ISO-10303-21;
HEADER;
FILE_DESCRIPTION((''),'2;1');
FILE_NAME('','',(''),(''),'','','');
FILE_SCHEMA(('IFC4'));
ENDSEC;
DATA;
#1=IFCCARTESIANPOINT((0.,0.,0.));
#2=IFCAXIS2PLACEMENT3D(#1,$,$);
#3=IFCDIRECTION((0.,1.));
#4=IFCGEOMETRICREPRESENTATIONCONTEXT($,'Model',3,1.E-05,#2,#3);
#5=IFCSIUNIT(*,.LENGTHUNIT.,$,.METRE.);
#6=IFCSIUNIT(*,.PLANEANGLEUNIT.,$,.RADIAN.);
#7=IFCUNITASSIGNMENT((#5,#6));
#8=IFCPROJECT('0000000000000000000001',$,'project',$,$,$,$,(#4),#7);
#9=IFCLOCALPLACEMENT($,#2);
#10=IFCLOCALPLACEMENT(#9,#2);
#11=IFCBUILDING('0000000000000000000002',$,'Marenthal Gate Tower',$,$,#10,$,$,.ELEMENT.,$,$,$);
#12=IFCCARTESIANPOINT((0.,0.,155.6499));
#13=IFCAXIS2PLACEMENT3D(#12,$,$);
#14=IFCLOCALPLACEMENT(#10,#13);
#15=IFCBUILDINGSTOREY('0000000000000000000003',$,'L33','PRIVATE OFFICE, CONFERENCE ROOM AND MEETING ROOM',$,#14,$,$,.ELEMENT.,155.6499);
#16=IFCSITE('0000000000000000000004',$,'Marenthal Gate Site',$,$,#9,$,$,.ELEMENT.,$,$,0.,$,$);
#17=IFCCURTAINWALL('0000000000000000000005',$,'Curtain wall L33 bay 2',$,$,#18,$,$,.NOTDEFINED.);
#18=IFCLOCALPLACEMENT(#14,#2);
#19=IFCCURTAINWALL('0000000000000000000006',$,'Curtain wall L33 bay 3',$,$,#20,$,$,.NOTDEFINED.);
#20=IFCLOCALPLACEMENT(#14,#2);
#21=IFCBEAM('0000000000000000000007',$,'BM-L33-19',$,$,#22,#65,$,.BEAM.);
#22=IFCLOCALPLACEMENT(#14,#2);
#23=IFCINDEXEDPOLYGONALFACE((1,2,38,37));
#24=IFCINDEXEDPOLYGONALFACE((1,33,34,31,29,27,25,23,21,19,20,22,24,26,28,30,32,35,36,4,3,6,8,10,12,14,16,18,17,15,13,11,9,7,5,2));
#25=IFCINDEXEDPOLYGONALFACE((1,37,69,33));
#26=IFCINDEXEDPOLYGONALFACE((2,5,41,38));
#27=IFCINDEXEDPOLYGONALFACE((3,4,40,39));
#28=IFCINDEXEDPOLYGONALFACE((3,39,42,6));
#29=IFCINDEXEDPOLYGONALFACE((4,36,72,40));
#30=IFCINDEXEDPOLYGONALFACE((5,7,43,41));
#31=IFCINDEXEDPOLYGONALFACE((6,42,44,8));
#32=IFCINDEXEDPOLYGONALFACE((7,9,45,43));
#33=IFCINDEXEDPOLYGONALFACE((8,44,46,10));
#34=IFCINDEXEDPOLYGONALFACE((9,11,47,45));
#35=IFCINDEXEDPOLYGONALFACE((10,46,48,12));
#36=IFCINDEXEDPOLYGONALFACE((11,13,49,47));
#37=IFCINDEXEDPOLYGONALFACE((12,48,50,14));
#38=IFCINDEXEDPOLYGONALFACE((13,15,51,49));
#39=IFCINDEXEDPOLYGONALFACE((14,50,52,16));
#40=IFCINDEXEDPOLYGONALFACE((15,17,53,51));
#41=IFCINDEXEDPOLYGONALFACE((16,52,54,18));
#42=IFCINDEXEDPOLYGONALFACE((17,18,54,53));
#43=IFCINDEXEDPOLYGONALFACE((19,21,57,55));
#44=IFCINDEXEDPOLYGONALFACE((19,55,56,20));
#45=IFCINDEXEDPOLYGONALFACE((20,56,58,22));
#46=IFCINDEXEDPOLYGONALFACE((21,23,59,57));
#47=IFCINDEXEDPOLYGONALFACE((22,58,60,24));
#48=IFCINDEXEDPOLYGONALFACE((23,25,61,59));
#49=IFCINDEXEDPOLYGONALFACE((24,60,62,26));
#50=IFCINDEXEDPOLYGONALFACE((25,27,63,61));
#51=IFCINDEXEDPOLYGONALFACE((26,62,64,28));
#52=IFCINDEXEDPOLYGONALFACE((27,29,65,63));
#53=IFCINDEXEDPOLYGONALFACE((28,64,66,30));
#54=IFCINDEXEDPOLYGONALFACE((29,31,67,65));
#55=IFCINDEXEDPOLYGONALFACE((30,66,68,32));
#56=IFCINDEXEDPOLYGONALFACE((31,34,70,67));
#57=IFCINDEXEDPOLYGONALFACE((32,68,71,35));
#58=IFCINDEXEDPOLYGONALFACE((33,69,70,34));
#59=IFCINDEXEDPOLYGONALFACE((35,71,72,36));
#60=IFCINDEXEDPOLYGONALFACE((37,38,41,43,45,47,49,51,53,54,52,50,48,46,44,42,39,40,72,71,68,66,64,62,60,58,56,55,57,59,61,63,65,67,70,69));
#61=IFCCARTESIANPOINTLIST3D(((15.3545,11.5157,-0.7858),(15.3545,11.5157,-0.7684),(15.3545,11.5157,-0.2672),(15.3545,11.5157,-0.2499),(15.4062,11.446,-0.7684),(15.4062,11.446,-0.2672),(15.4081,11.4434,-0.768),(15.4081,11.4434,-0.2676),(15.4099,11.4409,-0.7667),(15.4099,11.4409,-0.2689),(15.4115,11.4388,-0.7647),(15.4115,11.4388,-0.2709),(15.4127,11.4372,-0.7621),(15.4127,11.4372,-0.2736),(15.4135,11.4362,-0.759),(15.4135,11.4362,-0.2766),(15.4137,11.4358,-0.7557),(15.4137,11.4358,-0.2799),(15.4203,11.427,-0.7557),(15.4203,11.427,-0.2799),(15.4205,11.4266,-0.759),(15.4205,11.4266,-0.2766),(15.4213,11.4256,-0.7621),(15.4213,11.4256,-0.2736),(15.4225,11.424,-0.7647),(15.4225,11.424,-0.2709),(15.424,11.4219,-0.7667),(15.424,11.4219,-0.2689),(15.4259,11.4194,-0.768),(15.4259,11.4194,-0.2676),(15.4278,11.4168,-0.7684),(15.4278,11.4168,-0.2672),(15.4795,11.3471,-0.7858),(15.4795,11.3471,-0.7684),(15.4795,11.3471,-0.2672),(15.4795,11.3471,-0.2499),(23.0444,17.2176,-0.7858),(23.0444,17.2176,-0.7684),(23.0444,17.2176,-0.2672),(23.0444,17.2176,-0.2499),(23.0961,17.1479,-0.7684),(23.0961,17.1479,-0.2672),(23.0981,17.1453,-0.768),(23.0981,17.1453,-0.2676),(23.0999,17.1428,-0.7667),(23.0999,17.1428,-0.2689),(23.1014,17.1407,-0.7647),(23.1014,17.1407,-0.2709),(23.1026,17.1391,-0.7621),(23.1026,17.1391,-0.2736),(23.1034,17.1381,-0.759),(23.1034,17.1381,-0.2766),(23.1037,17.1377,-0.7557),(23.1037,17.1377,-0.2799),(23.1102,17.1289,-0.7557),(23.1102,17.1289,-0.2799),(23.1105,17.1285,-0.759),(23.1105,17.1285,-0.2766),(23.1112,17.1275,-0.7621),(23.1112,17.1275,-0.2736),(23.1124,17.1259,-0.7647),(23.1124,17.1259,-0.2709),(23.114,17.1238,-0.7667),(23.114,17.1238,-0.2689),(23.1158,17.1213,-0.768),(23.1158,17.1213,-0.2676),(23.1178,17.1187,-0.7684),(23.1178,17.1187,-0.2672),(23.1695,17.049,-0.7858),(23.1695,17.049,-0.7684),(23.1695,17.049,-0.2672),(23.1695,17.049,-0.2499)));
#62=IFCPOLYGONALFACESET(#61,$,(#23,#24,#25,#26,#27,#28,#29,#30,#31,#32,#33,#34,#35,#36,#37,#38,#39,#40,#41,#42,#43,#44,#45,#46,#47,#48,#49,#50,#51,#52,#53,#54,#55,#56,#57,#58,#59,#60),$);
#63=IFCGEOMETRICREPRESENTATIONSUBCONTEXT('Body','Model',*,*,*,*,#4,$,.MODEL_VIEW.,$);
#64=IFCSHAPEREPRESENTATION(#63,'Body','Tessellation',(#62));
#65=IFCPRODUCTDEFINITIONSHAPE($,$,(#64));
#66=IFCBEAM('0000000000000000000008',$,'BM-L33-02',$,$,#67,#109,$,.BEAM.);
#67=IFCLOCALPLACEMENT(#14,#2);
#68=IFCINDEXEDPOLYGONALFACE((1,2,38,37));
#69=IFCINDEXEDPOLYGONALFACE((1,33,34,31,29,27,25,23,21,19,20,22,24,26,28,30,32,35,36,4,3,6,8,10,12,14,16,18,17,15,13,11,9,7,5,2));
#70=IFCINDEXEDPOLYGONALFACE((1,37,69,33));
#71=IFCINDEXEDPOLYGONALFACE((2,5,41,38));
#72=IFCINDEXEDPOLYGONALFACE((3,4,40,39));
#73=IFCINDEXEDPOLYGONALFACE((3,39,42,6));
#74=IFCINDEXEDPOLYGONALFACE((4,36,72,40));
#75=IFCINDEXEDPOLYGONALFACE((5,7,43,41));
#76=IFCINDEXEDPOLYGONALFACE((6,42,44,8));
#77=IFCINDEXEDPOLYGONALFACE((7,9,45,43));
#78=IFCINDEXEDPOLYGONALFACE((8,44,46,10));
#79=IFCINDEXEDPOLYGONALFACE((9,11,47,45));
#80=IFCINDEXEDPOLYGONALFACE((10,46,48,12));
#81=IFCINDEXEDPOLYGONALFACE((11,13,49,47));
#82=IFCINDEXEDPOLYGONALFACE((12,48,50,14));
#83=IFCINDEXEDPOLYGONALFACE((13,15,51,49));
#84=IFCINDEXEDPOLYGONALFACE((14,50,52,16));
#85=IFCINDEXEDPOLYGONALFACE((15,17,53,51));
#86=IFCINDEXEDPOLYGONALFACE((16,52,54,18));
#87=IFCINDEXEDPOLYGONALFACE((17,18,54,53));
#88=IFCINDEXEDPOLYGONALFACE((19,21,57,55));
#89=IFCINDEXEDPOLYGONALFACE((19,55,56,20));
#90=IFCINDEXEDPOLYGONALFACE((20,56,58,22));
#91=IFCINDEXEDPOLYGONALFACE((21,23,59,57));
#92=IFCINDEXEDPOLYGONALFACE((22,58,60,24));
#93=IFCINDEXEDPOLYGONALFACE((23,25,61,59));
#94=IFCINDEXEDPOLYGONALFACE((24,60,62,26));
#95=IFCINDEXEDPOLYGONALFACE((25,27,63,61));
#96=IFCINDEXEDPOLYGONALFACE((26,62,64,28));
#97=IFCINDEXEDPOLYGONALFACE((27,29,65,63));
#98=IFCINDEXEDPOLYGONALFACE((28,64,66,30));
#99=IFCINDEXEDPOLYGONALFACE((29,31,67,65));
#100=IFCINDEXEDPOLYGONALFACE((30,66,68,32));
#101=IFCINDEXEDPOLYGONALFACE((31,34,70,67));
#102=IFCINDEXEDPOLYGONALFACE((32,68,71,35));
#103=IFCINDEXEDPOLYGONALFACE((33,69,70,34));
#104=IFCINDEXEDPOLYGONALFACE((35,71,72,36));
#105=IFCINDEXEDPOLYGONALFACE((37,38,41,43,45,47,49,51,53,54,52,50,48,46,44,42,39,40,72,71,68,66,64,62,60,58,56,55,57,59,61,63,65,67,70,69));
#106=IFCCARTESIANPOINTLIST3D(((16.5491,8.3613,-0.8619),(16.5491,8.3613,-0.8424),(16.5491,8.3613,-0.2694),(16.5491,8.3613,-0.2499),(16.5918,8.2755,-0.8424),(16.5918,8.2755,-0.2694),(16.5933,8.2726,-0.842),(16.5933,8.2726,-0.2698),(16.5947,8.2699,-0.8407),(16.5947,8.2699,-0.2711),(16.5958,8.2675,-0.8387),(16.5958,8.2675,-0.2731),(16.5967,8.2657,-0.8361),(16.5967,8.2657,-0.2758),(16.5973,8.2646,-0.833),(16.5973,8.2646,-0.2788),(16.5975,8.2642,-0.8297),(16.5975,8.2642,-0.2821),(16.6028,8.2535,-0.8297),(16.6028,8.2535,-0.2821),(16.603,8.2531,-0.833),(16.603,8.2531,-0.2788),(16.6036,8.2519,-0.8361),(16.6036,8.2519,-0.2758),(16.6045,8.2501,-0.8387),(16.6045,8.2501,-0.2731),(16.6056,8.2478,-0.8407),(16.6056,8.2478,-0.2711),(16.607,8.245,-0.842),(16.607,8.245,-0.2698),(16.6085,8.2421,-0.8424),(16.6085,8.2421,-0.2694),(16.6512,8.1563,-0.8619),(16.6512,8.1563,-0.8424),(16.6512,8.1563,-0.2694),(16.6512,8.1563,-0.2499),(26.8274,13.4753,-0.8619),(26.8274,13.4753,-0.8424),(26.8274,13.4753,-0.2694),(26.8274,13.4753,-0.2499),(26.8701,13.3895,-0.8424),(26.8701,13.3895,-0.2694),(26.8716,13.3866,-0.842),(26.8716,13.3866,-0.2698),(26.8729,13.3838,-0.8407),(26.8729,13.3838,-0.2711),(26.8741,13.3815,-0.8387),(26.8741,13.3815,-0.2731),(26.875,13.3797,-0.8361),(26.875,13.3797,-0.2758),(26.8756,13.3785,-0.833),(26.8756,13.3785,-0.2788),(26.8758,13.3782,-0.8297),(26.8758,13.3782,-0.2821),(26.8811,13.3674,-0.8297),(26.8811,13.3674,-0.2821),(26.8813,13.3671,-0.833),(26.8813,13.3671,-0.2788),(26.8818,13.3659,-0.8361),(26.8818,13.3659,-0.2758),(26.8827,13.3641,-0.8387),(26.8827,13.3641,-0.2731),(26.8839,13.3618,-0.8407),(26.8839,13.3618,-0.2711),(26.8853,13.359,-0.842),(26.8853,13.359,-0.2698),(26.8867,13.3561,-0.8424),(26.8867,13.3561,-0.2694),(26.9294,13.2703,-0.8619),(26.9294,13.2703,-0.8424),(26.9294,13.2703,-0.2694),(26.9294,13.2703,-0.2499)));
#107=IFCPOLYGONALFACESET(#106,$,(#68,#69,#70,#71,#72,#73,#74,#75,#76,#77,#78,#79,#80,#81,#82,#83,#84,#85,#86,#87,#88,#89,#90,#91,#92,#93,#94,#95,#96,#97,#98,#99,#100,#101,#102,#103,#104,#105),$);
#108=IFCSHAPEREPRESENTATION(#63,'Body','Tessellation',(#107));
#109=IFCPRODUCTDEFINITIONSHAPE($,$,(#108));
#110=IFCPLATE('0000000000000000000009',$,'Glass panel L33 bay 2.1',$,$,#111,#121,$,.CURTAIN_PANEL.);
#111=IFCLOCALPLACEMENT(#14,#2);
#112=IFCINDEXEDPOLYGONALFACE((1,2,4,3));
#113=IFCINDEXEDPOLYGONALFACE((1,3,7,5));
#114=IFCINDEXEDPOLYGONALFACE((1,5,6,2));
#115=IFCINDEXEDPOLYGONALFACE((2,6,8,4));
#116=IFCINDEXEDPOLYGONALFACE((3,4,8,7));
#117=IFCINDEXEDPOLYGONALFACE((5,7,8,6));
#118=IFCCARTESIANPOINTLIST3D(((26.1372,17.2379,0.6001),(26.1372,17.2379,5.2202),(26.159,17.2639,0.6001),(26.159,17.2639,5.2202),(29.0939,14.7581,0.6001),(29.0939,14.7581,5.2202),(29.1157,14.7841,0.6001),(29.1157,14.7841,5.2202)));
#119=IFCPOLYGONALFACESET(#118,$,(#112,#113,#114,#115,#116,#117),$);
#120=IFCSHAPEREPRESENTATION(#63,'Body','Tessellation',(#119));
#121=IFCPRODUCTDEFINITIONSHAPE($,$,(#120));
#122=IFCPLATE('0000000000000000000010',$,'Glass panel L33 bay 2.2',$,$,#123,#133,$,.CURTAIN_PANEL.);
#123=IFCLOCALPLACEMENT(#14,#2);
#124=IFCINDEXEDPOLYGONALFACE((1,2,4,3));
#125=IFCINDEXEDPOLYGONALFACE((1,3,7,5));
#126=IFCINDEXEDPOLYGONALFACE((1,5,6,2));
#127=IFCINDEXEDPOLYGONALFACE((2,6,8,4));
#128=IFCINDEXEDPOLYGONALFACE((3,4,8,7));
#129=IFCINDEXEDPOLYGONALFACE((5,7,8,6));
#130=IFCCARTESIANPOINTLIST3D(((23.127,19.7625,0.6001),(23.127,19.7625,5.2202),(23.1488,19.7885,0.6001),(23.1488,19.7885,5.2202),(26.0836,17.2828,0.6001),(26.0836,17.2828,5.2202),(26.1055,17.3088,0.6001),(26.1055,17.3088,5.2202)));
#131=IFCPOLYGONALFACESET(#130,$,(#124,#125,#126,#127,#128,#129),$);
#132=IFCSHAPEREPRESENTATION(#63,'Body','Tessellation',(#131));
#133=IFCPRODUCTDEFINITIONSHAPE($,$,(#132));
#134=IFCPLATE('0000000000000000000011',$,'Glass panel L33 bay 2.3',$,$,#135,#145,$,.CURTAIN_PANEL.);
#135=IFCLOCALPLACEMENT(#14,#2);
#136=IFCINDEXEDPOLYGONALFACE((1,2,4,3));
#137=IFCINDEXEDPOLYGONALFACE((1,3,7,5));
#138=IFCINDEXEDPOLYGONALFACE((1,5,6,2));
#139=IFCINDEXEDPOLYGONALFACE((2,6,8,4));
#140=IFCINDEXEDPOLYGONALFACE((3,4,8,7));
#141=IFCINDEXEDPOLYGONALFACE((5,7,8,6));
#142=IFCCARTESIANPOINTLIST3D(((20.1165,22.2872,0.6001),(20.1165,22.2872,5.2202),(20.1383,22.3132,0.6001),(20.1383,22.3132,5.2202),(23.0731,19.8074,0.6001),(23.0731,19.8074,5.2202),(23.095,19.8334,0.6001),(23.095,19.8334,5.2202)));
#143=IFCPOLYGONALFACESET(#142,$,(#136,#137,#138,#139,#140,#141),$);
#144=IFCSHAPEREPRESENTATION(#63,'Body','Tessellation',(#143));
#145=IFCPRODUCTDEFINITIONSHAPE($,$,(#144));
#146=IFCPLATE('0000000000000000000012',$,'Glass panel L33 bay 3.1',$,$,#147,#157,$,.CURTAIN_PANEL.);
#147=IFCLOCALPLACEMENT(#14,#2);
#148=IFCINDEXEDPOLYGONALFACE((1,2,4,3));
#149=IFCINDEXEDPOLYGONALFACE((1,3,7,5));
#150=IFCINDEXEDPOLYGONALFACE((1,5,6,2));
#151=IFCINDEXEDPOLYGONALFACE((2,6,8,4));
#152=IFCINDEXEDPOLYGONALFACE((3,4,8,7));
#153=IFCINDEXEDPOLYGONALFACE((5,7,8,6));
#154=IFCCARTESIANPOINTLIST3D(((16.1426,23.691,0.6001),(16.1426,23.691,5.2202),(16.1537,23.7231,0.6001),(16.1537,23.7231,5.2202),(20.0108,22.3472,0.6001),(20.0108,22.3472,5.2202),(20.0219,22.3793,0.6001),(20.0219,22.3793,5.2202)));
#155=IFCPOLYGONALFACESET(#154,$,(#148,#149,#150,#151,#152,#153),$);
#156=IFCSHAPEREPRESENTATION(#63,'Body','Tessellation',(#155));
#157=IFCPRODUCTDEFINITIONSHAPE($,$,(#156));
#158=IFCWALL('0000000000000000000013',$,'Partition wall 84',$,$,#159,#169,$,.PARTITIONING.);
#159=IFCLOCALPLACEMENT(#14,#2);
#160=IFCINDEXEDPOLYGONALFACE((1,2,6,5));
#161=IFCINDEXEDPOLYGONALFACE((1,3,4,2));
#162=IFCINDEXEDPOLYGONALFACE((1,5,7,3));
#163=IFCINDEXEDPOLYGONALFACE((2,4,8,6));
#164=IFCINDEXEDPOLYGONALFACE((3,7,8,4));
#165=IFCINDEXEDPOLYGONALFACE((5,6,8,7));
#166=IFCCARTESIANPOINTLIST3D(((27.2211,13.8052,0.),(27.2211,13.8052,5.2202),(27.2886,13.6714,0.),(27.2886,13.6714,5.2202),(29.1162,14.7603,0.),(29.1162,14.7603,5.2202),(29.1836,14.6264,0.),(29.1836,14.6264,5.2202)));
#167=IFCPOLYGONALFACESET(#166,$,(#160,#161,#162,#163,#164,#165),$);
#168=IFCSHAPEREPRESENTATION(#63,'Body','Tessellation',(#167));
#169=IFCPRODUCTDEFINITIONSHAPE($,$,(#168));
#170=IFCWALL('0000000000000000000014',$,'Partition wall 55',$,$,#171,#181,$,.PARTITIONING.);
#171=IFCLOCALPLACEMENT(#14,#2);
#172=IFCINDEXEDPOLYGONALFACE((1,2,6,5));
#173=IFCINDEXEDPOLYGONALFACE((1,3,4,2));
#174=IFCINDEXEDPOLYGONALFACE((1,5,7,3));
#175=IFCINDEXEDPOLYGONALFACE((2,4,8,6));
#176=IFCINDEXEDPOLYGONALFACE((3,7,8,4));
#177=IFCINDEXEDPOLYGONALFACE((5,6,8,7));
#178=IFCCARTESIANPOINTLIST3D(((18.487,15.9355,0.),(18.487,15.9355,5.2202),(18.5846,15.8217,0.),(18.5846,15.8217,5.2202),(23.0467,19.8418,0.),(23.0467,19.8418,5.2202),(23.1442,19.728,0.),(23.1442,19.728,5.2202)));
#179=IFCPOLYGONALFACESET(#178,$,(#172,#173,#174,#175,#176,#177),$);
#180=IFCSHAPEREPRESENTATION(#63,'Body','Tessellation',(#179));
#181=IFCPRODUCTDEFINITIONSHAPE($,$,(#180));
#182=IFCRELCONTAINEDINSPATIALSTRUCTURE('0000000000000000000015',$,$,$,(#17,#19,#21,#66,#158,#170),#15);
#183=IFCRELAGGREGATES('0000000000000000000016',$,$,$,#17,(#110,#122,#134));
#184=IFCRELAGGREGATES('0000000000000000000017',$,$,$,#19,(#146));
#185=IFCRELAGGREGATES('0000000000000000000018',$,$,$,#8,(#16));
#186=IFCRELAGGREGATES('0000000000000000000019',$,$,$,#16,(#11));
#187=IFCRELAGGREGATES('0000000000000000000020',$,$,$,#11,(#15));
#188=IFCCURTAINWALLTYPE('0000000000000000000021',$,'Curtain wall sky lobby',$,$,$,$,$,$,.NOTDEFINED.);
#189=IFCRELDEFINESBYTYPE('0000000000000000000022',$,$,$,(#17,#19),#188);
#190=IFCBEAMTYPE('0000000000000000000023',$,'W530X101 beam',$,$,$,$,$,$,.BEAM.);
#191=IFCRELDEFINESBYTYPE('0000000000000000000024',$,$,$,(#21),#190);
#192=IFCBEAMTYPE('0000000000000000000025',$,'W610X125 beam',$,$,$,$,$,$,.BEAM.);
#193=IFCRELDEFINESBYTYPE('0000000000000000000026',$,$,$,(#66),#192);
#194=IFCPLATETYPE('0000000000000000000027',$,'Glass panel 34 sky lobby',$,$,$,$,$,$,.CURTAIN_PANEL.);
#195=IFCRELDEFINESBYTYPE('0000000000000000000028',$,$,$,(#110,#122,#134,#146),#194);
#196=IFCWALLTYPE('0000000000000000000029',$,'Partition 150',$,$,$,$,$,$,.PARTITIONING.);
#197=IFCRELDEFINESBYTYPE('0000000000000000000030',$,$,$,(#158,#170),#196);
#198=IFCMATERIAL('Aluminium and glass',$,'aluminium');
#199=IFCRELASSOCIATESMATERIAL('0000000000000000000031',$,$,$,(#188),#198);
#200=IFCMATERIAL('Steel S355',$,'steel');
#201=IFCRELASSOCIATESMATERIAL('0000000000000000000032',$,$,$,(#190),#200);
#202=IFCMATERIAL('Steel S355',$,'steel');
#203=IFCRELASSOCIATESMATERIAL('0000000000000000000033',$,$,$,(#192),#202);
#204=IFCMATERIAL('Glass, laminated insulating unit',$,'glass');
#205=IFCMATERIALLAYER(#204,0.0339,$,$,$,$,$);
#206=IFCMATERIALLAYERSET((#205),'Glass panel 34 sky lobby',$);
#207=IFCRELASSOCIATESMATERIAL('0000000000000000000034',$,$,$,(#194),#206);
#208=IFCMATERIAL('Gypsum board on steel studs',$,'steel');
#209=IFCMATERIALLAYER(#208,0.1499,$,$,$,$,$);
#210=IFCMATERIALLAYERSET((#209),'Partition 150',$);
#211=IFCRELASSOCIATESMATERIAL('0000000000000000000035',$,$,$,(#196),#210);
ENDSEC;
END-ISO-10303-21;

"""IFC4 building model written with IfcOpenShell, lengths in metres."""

from ifc_helpers import new_model, si_unit, direction, frame, frame_2d, origin, origin_2d, place, context, subcontext, project, spatial, rectangle, i_section, extrude, material, layer, layer_set, material_profile, profile_set, type_object, element, aggregate, save


model = new_model("IFC4")

# Units and contexts
model_context = context("Model", 3, precision=1e-05, world=origin(), true_north=direction((0.0, 1.0)))
body_context = subcontext(model_context, "Body", "Model", "MODEL_VIEW")
ifc_project = project(units=[si_unit("LENGTHUNIT", "METRE"), si_unit("PLANEANGLEUNIT", "RADIAN")], contexts=[model_context])

# Site, building, storey
site_placement = place(None, origin())
site = spatial("IfcSite", under=ifc_project, at=site_placement, Name="Marenthal Gate Site", CompositionType="ELEMENT", RefElevation=0.0)
building_placement = place(site_placement, origin())
building = spatial("IfcBuilding", under=site, at=building_placement, Name="Marenthal Gate Tower", CompositionType="ELEMENT")
storey_placement = place(building_placement, frame((0.0, 0.0, 155.6499)))
storey = spatial("IfcBuildingStorey", under=building, at=storey_placement, Name="L33", Description="PRIVATE OFFICE, CONFERENCE ROOM AND MEETING ROOM", CompositionType="ELEMENT", Elevation=155.6499)

# Shared definitions
ifc_material_1 = material(Name="Aluminium and glass", Category="aluminium")
curtain_wall_type = type_object("IfcCurtainWallType", Name="Curtain wall sky lobby", PredefinedType="NOTDEFINED", material=ifc_material_1)

# Curtain wall
curtain_wall_1_placement = place(storey_placement, origin())
curtain_wall_1 = element("IfcCurtainWall", 1, at=curtain_wall_1_placement, inside=storey, type_object=curtain_wall_type, Name="Curtain wall L33 bay 2", PredefinedType="NOTDEFINED")

# Curtain wall
curtain_wall_2_placement = place(storey_placement, origin())
curtain_wall_2 = element("IfcCurtainWall", 2, at=curtain_wall_2_placement, inside=storey, type_object=curtain_wall_type, Name="Curtain wall L33 bay 3", PredefinedType="NOTDEFINED")

# Beams
ifc_material_2 = material(Name="Steel S355", Category="steel")
ifc_material_profile_1 = material_profile(ifc_material_2, i_section(OverallWidth=0.21, OverallDepth=0.5359, WebThickness=0.011, FlangeThickness=0.0173, FilletRadius=0.0127, at=origin_2d()), Name="W530X101")
ifc_profile_set_1 = profile_set([ifc_material_profile_1], Name="Steel S355")
beam_type_1 = type_object("IfcBeamType", Name="W530X101 beam", PredefinedType="BEAM", material=ifc_profile_set_1)
beam_1_placement = place(storey_placement, frame((23.1069, 17.1333, -0.5178), z_axis=(-0.803275, -0.595609, 0.0), x_axis=(0.595609, -0.803275, 0.0)))
element("IfcBeam", 3, at=beam_1_placement, inside=storey, type_object=beam_type_1, Name="BM-L33-19", PredefinedType="BEAM", context=body_context, shape_type="SweptSolid", body=[
    extrude(i_section(OverallWidth=0.21, OverallDepth=0.5359, WebThickness=0.011, FlangeThickness=0.0173, FilletRadius=0.0127, at=origin_2d()), origin(), (0.0, 0.0, 1.0), 9.5732),
])
ifc_material_3 = material(Name="Steel S355", Category="steel")
ifc_material_profile_2 = material_profile(ifc_material_3, i_section(OverallWidth=0.229, OverallDepth=0.6121, WebThickness=0.012, FlangeThickness=0.0195, FilletRadius=0.0127, at=origin_2d()), Name="W610X125")
ifc_profile_set_2 = profile_set([ifc_material_profile_2], Name="Steel S355")
beam_type_2 = type_object("IfcBeamType", Name="W610X125 beam", PredefinedType="BEAM", material=ifc_profile_set_2)
beam_2_placement = place(storey_placement, frame((26.8784, 13.3728, -0.5559), z_axis=(-0.895302, -0.44546, 0.0), x_axis=(0.44546, -0.895302, 0.0)))
element("IfcBeam", 4, at=beam_2_placement, inside=storey, type_object=beam_type_2, Name="BM-L33-02", PredefinedType="BEAM", context=body_context, shape_type="SweptSolid", body=[
    extrude(i_section(OverallWidth=0.229, OverallDepth=0.6121, WebThickness=0.012, FlangeThickness=0.0195, FilletRadius=0.0127, at=origin_2d()), origin(), (0.0, 0.0, 1.0), 11.4802),
])

# Plates
ifc_material_4 = material(Name="Glass, laminated insulating unit", Category="glass")
ifc_layer_1 = layer(ifc_material_4, 0.0339)
ifc_layer_set_1 = layer_set([ifc_layer_1], Name="Glass panel 34 sky lobby")
plate_type = type_object("IfcPlateType", Name="Glass panel 34 sky lobby", PredefinedType="CURTAIN_PANEL", material=ifc_layer_set_1)
plate_1_placement = place(storey_placement, frame((27.6265, 16.011, 0.6001), z_axis=(0.0, 0.0, 1.0), x_axis=(-0.7662, 0.642602, 0.0)))
plate_1 = element("IfcPlate", 5, at=plate_1_placement, type_object=plate_type, Name="Glass panel L33 bay 2.1", PredefinedType="CURTAIN_PANEL", context=body_context, shape_type="SweptSolid", body=[
    extrude(rectangle(XDim=3.8589, YDim=0.0339, at=origin_2d()), origin(), (0.0, 0.0, 1.0), 4.6201),
])
plate_2_placement = place(storey_placement, frame((24.6162, 18.5356, 0.6001), z_axis=(0.0, 0.0, 1.0), x_axis=(-0.7662, 0.642602, 0.0)))
plate_2 = element("IfcPlate", 6, at=plate_2_placement, type_object=plate_type, Name="Glass panel L33 bay 2.2", PredefinedType="CURTAIN_PANEL", context=body_context, shape_type="SweptSolid", body=[
    extrude(rectangle(XDim=3.8589, YDim=0.0339, at=origin_2d()), origin(), (0.0, 0.0, 1.0), 4.6201),
])
plate_3_placement = place(storey_placement, frame((21.6057, 21.0603, 0.6001), z_axis=(0.0, 0.0, 1.0), x_axis=(-0.7662, 0.642602, 0.0)))
plate_3 = element("IfcPlate", 7, at=plate_3_placement, type_object=plate_type, Name="Glass panel L33 bay 2.3", PredefinedType="CURTAIN_PANEL", context=body_context, shape_type="SweptSolid", body=[
    extrude(rectangle(XDim=3.8589, YDim=0.0339, at=origin_2d()), origin(), (0.0, 0.0, 1.0), 4.6201),
])
aggregate(curtain_wall_1, [plate_1, plate_2, plate_3])
plate_4_placement = place(storey_placement, frame((18.0823, 23.0352, 0.6001), z_axis=(0.0, 0.0, 1.0), x_axis=(-0.944623, 0.328158, 0.0)))
plate_4 = element("IfcPlate", 8, at=plate_4_placement, type_object=plate_type, Name="Glass panel L33 bay 3.1", PredefinedType="CURTAIN_PANEL", context=body_context, shape_type="SweptSolid", body=[
    extrude(rectangle(XDim=4.095, YDim=0.0339, at=origin_2d()), origin(), (0.0, 0.0, 1.0), 4.6201),
])
aggregate(curtain_wall_2, [plate_4])

# Walls
ifc_material_5 = material(Name="Gypsum board on steel studs", Category="steel")
ifc_layer_2 = layer(ifc_material_5, 0.1499)
ifc_layer_set_2 = layer_set([ifc_layer_2], Name="Partition 150")
wall_type = type_object("IfcWallType", Name="Partition 150", PredefinedType="PARTITIONING", material=ifc_layer_set_2)
wall_1_placement = place(storey_placement, frame((27.2549, 13.7383, 0.0), z_axis=(0.0, 0.0, 1.0), x_axis=(0.892996, 0.450064, 0.0)))
element("IfcWall", 9, at=wall_1_placement, inside=storey, type_object=wall_type, Name="Partition wall 84", PredefinedType="PARTITIONING", context=body_context, shape_type="SweptSolid", body=[
    extrude(rectangle(XDim=2.1221, YDim=0.1499, at=frame_2d((1.061, 0.0))), origin(), (0.0, 0.0, 1.0), 5.2202),
])
wall_2_placement = place(storey_placement, frame((18.5359, 15.8787, 0.0), z_axis=(0.0, 0.0, 1.0), x_axis=(0.759417, 0.650604, 0.0)))
element("IfcWall", 10, at=wall_2_placement, inside=storey, type_object=wall_type, Name="Partition wall 55", PredefinedType="PARTITIONING", context=body_context, shape_type="SweptSolid", body=[
    extrude(rectangle(XDim=6.0042, YDim=0.1499, at=frame_2d((3.002, 0.0))), origin(), (0.0, 0.0, 1.0), 5.2202),
])

save(model, "model.ifc")
